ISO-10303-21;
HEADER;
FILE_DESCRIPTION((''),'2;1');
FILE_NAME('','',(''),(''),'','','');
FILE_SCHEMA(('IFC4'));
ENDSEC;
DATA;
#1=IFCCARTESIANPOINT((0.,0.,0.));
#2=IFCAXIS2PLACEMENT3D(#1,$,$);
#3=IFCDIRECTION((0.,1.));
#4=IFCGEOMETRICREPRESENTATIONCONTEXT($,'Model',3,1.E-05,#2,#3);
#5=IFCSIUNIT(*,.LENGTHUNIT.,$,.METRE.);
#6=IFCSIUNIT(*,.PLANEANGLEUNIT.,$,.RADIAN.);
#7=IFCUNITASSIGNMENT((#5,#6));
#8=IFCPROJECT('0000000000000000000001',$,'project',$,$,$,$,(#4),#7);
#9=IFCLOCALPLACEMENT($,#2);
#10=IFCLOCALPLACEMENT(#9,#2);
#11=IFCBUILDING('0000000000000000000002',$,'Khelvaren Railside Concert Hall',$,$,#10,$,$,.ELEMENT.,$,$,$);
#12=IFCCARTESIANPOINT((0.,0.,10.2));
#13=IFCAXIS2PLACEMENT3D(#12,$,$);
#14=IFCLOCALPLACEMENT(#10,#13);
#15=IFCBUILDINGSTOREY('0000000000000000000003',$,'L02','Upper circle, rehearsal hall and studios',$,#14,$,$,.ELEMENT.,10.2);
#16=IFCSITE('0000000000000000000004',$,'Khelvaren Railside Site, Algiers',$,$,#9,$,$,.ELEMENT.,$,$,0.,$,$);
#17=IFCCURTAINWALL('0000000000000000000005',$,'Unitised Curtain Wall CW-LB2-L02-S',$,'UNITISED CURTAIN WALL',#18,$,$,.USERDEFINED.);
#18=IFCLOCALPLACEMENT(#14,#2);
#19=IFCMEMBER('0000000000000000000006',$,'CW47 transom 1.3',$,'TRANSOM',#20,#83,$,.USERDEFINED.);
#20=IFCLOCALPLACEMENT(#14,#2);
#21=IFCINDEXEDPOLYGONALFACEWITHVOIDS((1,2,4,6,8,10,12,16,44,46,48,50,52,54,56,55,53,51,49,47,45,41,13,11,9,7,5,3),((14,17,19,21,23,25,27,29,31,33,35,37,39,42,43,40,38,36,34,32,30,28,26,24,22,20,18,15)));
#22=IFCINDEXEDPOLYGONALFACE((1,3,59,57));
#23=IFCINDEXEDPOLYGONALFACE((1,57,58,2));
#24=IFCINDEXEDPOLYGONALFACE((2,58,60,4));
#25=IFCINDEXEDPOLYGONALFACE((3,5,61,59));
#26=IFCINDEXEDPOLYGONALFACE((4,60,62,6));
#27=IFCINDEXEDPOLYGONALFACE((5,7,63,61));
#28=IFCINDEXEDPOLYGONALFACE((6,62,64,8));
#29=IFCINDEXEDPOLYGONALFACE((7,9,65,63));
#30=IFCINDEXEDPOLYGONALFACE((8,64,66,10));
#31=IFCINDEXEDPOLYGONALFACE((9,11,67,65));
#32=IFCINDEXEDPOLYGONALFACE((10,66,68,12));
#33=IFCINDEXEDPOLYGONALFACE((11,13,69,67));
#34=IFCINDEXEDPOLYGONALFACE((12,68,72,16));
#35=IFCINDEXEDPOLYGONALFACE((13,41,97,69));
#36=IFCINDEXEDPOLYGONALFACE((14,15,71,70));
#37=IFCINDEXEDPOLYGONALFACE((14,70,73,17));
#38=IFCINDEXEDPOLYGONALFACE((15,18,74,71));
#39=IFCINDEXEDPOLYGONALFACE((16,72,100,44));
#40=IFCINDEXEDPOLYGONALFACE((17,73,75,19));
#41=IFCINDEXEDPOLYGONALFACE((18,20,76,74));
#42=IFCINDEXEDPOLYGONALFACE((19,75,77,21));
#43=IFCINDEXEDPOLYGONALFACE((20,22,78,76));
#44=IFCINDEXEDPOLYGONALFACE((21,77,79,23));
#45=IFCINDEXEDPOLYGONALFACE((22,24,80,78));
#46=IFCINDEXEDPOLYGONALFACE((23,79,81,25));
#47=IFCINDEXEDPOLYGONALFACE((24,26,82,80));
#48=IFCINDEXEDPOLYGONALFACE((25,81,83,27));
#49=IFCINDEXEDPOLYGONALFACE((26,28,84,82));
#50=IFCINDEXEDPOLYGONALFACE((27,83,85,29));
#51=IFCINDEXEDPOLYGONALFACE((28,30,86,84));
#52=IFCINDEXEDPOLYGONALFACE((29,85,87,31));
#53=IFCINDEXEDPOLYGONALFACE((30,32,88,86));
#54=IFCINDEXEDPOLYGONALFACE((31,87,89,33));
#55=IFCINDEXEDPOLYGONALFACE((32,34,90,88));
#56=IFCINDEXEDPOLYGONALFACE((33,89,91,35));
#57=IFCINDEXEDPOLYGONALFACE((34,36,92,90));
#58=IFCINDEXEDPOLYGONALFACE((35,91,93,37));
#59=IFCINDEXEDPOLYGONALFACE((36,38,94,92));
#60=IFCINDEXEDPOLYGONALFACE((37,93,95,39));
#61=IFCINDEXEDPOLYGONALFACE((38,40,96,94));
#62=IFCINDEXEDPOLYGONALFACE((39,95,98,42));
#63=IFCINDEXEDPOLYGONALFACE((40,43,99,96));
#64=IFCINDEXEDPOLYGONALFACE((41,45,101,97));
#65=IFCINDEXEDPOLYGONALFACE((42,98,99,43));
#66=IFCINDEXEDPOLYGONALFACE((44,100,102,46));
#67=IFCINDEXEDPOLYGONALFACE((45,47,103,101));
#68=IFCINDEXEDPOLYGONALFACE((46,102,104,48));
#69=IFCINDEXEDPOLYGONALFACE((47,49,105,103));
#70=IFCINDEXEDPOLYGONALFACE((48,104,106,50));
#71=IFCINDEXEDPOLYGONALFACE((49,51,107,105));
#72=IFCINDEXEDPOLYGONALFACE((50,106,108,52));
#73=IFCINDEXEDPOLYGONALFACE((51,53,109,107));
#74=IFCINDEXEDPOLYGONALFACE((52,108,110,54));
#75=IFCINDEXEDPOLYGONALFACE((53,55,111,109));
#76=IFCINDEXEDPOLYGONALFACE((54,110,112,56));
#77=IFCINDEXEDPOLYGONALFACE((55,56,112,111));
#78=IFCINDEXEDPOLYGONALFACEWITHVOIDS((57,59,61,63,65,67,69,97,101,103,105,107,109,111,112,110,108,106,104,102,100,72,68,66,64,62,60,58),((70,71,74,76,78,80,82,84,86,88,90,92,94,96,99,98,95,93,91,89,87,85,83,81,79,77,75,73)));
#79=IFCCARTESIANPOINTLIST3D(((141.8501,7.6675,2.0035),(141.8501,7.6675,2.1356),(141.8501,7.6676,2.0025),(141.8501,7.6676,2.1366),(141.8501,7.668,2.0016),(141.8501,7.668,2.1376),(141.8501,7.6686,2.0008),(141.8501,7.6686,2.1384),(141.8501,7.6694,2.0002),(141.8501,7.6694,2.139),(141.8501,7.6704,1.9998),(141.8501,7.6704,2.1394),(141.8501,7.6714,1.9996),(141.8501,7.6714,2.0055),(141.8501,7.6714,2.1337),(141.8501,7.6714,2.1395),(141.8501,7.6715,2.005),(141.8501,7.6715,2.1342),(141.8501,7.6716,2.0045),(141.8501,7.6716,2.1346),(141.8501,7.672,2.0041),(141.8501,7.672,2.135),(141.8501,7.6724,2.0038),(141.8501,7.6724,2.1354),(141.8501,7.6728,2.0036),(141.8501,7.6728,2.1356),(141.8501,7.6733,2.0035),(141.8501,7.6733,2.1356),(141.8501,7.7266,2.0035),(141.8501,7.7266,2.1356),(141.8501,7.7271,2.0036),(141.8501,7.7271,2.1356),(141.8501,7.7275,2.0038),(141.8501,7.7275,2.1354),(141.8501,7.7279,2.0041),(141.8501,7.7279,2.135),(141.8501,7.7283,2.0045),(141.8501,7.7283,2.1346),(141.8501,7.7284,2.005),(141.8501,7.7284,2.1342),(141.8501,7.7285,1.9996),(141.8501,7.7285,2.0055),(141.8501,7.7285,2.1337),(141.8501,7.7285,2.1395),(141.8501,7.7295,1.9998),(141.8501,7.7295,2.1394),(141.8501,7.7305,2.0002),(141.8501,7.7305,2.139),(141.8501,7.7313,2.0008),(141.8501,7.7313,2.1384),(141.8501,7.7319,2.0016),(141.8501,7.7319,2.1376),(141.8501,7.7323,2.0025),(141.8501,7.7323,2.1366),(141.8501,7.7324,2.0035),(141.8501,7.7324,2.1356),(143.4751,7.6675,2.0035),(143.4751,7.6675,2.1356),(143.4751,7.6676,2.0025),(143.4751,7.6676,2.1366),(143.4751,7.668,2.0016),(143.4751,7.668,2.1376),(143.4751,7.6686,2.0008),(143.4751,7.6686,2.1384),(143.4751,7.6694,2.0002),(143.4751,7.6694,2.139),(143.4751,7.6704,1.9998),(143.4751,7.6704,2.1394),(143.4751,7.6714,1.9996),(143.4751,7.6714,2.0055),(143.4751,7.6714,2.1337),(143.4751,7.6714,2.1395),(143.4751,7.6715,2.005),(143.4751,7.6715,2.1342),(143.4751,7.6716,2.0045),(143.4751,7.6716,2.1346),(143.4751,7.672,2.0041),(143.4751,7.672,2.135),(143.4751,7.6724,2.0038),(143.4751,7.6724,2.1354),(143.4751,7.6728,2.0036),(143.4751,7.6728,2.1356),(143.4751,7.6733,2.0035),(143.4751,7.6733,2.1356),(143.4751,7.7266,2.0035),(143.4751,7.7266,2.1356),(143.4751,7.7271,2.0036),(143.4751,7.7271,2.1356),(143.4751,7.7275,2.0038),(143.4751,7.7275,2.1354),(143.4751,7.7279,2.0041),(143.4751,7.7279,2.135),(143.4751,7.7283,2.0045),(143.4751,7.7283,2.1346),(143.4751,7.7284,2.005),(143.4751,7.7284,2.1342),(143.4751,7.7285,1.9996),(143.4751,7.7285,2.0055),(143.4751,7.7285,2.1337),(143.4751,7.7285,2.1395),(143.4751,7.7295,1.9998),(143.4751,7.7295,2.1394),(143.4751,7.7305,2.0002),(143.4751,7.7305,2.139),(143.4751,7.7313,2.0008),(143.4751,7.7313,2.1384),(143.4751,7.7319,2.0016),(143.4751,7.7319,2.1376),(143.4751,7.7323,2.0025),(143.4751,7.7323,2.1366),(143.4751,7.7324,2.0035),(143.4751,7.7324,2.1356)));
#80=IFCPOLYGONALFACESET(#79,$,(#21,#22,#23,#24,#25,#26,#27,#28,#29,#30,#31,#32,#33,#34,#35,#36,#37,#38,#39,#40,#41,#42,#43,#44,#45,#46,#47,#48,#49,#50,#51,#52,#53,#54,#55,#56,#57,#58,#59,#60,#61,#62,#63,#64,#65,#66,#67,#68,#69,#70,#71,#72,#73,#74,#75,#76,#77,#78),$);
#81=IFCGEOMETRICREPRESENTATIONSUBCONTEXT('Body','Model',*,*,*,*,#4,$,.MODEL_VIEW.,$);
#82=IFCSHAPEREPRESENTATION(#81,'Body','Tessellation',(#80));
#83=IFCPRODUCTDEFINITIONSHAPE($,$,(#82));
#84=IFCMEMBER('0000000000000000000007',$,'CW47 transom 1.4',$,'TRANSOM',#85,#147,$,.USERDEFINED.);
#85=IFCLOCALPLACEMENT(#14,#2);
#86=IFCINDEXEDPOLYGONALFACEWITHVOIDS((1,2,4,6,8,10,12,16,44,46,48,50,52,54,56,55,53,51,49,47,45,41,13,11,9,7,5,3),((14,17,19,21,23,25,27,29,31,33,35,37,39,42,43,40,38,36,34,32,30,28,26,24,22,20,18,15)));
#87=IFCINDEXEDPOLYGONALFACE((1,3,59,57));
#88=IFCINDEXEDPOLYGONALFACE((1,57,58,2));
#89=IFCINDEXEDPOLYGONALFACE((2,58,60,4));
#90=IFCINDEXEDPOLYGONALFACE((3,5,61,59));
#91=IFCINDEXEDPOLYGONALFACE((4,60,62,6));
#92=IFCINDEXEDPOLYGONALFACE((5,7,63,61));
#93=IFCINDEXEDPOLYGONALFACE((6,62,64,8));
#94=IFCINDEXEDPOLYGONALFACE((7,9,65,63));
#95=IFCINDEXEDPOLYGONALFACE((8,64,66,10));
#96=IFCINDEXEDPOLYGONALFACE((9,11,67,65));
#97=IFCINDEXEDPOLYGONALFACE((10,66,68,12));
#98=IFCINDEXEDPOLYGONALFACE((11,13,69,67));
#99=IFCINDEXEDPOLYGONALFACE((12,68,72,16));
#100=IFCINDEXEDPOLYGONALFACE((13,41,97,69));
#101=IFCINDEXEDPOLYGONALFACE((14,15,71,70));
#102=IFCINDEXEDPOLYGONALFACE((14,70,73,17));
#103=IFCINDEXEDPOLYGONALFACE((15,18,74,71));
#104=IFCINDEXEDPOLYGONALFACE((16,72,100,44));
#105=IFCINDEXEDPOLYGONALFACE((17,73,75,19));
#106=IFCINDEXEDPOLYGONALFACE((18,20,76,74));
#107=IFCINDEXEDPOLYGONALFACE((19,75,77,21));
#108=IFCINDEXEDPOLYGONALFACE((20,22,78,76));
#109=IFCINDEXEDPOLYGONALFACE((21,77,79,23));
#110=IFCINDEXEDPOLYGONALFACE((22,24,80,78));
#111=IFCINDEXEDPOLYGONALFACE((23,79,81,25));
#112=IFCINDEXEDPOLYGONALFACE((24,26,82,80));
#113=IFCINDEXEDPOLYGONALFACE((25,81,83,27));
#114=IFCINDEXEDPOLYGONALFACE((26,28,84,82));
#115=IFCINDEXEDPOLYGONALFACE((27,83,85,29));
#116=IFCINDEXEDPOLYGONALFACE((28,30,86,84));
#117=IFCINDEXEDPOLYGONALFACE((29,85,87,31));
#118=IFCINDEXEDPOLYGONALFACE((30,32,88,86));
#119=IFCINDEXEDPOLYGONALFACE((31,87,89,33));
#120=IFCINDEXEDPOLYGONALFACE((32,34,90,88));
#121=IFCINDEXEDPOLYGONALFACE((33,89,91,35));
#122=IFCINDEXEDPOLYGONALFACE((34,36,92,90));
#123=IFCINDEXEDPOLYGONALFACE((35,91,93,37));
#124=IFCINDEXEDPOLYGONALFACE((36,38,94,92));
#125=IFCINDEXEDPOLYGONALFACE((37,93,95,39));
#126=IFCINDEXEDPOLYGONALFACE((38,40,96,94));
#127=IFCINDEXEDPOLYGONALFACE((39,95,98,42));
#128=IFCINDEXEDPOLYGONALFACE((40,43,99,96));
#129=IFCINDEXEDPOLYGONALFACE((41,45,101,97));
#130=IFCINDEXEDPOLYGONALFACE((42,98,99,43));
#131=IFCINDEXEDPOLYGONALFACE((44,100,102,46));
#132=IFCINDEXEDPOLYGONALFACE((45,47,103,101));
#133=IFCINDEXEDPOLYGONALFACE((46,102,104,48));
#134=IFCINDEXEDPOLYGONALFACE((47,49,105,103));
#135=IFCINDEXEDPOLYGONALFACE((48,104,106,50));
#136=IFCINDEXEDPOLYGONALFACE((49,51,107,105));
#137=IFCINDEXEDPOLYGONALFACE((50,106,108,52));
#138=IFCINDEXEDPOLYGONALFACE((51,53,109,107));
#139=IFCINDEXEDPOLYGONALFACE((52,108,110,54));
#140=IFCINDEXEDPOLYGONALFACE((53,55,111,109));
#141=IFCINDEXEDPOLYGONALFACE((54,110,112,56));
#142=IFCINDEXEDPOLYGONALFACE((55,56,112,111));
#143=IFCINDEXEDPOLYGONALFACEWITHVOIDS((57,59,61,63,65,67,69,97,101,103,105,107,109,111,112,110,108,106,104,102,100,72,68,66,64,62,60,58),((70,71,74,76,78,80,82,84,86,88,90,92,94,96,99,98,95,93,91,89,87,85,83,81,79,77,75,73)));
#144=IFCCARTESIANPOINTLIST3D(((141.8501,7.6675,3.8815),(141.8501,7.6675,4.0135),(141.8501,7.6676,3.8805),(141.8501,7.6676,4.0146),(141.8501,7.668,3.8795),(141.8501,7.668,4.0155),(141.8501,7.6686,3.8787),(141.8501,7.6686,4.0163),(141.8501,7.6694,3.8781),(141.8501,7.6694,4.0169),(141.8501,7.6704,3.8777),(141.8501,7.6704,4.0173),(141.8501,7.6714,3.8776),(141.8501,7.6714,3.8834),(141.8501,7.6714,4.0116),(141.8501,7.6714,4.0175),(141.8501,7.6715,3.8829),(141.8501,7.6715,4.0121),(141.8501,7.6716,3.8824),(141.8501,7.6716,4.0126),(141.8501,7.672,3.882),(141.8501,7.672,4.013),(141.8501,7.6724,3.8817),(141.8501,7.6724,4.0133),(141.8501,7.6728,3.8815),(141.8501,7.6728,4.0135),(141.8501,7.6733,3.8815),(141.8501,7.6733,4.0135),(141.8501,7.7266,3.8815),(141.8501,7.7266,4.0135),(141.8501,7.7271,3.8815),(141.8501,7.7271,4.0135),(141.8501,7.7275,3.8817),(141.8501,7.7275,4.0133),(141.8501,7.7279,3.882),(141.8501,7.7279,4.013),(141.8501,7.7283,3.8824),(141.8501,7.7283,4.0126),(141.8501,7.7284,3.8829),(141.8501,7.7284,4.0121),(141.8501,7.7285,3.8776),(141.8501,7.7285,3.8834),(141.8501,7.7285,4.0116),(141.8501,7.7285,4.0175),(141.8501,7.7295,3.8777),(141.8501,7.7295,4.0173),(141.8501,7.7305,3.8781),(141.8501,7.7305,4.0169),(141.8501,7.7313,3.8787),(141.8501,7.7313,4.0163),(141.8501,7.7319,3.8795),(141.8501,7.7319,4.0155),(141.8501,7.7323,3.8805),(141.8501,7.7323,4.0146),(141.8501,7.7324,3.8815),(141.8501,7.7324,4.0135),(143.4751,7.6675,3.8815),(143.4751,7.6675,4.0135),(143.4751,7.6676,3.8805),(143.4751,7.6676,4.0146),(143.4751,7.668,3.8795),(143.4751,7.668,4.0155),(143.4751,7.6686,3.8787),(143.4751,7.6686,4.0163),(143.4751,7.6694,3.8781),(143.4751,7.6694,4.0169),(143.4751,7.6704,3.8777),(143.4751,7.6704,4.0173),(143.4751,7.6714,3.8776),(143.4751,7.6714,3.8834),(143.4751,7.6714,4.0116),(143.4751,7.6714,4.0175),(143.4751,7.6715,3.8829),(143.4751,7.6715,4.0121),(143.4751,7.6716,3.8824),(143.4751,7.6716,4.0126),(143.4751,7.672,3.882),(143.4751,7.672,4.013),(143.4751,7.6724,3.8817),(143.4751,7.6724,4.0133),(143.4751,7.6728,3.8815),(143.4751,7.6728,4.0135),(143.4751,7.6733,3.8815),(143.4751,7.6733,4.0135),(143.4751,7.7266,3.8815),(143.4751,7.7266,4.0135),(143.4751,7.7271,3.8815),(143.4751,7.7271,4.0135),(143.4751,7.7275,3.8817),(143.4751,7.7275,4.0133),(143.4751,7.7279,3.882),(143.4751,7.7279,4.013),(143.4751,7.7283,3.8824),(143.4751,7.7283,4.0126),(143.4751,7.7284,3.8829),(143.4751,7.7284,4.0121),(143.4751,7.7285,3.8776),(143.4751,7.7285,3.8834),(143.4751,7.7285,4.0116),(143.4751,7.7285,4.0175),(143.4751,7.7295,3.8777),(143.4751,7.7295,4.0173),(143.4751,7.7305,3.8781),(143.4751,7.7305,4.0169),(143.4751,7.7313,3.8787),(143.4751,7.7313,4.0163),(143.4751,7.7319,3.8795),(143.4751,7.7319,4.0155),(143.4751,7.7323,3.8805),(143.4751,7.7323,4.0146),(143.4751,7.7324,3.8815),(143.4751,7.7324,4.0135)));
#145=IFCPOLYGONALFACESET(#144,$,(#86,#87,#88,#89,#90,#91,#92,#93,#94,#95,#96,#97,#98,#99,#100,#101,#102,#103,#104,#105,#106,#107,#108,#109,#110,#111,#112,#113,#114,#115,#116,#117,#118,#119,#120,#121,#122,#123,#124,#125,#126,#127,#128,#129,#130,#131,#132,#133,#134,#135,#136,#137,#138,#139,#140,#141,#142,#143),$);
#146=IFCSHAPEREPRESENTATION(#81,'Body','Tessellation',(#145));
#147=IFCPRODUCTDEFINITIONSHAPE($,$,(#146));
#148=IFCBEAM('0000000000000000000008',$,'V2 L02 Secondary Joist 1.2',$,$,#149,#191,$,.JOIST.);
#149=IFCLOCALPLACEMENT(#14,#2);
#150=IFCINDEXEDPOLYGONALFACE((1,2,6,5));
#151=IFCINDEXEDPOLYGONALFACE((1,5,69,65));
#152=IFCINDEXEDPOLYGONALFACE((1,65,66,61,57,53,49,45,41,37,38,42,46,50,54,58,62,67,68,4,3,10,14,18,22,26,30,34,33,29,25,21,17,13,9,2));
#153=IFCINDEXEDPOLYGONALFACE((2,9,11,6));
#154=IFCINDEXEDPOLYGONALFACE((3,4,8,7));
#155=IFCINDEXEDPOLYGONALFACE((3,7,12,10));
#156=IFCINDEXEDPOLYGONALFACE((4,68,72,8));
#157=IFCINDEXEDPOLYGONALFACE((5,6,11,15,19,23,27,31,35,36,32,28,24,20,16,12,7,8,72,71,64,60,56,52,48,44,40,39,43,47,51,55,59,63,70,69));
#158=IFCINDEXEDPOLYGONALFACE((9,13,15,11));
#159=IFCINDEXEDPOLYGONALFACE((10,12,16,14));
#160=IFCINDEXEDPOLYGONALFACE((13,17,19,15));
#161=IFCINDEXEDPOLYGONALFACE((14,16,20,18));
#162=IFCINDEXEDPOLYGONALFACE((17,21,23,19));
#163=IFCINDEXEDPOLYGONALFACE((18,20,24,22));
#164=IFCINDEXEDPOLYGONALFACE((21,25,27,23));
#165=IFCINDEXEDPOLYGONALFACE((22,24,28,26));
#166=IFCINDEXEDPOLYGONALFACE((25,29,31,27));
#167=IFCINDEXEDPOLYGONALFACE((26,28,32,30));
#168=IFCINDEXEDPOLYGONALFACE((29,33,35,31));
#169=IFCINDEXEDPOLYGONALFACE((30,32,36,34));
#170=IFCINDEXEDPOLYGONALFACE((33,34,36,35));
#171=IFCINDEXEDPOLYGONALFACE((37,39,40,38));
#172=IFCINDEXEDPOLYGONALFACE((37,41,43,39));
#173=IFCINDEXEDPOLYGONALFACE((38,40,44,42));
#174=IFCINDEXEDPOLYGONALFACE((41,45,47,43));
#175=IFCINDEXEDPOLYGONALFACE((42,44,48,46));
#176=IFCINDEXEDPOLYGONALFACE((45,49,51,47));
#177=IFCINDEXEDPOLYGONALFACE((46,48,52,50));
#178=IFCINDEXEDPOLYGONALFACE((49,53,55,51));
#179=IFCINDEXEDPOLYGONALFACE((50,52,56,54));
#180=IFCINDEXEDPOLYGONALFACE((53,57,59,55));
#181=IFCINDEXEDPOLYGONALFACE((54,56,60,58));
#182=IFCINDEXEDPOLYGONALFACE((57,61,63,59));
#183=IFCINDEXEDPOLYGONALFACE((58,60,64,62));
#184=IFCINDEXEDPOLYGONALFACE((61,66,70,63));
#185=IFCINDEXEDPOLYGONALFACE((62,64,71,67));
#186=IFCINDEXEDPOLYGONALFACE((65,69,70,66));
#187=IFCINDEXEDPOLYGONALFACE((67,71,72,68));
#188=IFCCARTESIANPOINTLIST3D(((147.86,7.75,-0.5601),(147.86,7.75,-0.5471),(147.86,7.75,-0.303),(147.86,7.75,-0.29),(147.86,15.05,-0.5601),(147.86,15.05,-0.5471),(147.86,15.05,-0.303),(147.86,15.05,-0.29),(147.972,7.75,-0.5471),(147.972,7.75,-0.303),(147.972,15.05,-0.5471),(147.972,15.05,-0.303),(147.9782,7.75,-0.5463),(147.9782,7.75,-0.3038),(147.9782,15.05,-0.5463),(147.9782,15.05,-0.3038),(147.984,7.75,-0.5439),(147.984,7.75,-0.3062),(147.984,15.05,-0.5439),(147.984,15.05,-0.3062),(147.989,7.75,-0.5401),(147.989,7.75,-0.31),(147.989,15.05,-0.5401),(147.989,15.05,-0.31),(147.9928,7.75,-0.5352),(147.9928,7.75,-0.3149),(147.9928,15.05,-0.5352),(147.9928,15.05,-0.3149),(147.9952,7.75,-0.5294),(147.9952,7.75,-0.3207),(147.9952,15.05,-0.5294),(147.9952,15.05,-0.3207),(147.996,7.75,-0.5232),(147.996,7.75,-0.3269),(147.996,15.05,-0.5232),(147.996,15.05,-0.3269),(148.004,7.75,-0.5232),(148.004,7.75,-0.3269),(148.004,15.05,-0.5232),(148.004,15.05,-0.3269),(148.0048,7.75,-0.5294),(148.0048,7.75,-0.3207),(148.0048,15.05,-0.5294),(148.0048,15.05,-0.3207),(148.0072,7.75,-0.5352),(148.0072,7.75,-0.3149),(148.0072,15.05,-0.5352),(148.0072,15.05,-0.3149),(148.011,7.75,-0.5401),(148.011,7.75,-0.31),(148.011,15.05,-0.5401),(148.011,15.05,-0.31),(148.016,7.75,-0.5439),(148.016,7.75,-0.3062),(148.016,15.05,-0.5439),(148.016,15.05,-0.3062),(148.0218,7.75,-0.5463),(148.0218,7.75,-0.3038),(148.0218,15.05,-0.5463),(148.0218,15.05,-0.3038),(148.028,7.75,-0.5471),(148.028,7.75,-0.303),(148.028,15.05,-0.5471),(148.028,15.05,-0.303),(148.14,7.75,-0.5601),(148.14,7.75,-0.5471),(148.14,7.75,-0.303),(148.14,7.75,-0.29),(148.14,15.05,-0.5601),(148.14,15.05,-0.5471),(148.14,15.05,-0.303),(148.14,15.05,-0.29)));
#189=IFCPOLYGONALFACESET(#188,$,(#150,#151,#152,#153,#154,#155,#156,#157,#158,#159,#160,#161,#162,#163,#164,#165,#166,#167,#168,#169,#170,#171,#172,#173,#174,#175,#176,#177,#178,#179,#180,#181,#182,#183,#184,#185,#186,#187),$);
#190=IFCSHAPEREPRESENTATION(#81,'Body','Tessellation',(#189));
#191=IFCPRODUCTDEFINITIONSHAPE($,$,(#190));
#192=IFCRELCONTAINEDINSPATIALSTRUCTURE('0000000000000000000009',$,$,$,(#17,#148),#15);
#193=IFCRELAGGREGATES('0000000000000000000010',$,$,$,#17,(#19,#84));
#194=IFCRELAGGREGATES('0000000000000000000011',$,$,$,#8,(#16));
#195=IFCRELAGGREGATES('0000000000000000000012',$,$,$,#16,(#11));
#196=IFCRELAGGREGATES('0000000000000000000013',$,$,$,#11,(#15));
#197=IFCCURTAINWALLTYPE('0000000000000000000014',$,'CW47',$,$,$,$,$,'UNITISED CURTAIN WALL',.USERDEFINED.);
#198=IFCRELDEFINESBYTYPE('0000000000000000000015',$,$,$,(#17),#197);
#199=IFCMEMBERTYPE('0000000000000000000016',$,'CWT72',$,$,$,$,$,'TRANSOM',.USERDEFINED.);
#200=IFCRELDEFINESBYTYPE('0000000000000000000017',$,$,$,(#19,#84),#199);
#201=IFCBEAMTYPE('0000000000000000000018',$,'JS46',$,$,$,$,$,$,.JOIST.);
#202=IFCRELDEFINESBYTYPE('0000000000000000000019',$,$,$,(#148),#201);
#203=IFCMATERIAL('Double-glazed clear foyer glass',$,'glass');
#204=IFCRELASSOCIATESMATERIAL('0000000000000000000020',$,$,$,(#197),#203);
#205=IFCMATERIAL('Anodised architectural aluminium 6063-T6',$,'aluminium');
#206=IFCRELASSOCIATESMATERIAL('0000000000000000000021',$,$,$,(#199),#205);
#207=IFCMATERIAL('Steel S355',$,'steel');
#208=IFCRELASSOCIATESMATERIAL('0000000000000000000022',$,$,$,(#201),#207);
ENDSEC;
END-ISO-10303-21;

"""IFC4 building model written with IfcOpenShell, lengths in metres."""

from ifc_helpers import new_model, si_unit, direction, frame, origin, origin_2d, place, context, subcontext, project, spatial, hollow_rectangle, i_section, extrude, material, material_profile, profile_set, type_object, element, aggregate, save


model = new_model("IFC4")

# Units and contexts
model_context = context("Model", 3, precision=1e-05, world=origin(), true_north=direction((0.0, 1.0)))
body_context = subcontext(model_context, "Body", "Model", "MODEL_VIEW")
ifc_project = project(units=[si_unit("LENGTHUNIT", "METRE"), si_unit("PLANEANGLEUNIT", "RADIAN")], contexts=[model_context])

# Site, building, storey
site_placement = place(None, origin())
site = spatial("IfcSite", under=ifc_project, at=site_placement, Name="Khelvaren Railside Site, Algiers", CompositionType="ELEMENT", RefElevation=0.0)
building_placement = place(site_placement, origin())
building = spatial("IfcBuilding", under=site, at=building_placement, Name="Khelvaren Railside Concert Hall", CompositionType="ELEMENT")
storey_placement = place(building_placement, frame((0.0, 0.0, 10.2)))
storey = spatial("IfcBuildingStorey", under=building, at=storey_placement, Name="L02", Description="Upper circle, rehearsal hall and studios", CompositionType="ELEMENT", Elevation=10.2)

# Shared definitions
ifc_material_1 = material(Name="Steel S355", Category="steel")

# Shared definitions
ifc_material_2 = material(Name="Double-glazed clear foyer glass", Category="glass")
ifc_material_3 = material(Name="Anodised architectural aluminium 6063-T6", Category="aluminium")

# Curtain wall, members
curtain_wall_type_1 = type_object("IfcCurtainWallType", Name="CW47", ElementType="UNITISED CURTAIN WALL", PredefinedType="USERDEFINED", material=ifc_material_2)
curtain_wall_1_placement = place(storey_placement, origin())
curtain_wall_1 = element("IfcCurtainWall", 1, at=curtain_wall_1_placement, inside=storey, type_object=curtain_wall_type_1, Name="Unitised Curtain Wall CW-LB2-L02-S", ObjectType="UNITISED CURTAIN WALL", PredefinedType="USERDEFINED")
ifc_material_profile_1 = material_profile(ifc_material_3, hollow_rectangle(XDim=0.0649, YDim=0.1399, WallThickness=0.0039, InnerFilletRadius=0.002, OuterFilletRadius=0.0039, at=origin_2d()), Name="CWT 65x140x4")
ifc_profile_set_1 = profile_set([ifc_material_profile_1], Name="Anodised architectural aluminium 6063-T6")
member_type_1 = type_object("IfcMemberType", Name="CWT72", ElementType="TRANSOM", PredefinedType="USERDEFINED", material=ifc_profile_set_1)
member_1_placement = place(storey_placement, frame((143.4751, 7.7, 2.0696), z_axis=(-1.0, 0.0, 0.0), x_axis=(0.0, -1.0, 0.0)))
member_1 = element("IfcMember", 2, at=member_1_placement, type_object=member_type_1, Name="CW47 transom 1.3", ObjectType="TRANSOM", PredefinedType="USERDEFINED", context=body_context, shape_type="SweptSolid", body=[
    extrude(hollow_rectangle(XDim=0.0649, YDim=0.1399, WallThickness=0.0039, InnerFilletRadius=0.002, OuterFilletRadius=0.0039, at=origin_2d()), origin(), (0.0, 0.0, 1.0), 1.625),
])
member_2_placement = place(storey_placement, frame((143.4751, 7.7, 3.9475), z_axis=(-1.0, 0.0, 0.0), x_axis=(0.0, -1.0, 0.0)))
member_2 = element("IfcMember", 3, at=member_2_placement, type_object=member_type_1, Name="CW47 transom 1.4", ObjectType="TRANSOM", PredefinedType="USERDEFINED", context=body_context, shape_type="SweptSolid", body=[
    extrude(hollow_rectangle(XDim=0.0649, YDim=0.1399, WallThickness=0.0039, InnerFilletRadius=0.002, OuterFilletRadius=0.0039, at=origin_2d()), origin(), (0.0, 0.0, 1.0), 1.625),
])

# Beam
ifc_material_profile_2 = material_profile(ifc_material_1, i_section(OverallWidth=0.28, OverallDepth=0.27, WebThickness=0.0081, FlangeThickness=0.0129, FilletRadius=0.0239, at=origin_2d()), Name="HEA 280")
ifc_profile_set_2 = profile_set([ifc_material_profile_2], Name="Steel S355")
beam_type_1 = type_object("IfcBeamType", Name="JS46", PredefinedType="JOIST", material=ifc_profile_set_2)
beam_1_placement = place(storey_placement, frame((148.0, 7.75, -0.425), z_axis=(0.0, 1.0, 0.0), x_axis=(-1.0, 0.0, 0.0)))
element("IfcBeam", 4, at=beam_1_placement, inside=storey, type_object=beam_type_1, Name="V2 L02 Secondary Joist 1.2", PredefinedType="JOIST", context=body_context, shape_type="SweptSolid", body=[
    extrude(i_section(OverallWidth=0.28, OverallDepth=0.27, WebThickness=0.0081, FlangeThickness=0.0129, FilletRadius=0.0239, at=origin_2d()), origin(), (0.0, 0.0, 1.0), 7.3),
])

aggregate(curtain_wall_1, [member_1, member_2])

save(model, "model.ifc")
